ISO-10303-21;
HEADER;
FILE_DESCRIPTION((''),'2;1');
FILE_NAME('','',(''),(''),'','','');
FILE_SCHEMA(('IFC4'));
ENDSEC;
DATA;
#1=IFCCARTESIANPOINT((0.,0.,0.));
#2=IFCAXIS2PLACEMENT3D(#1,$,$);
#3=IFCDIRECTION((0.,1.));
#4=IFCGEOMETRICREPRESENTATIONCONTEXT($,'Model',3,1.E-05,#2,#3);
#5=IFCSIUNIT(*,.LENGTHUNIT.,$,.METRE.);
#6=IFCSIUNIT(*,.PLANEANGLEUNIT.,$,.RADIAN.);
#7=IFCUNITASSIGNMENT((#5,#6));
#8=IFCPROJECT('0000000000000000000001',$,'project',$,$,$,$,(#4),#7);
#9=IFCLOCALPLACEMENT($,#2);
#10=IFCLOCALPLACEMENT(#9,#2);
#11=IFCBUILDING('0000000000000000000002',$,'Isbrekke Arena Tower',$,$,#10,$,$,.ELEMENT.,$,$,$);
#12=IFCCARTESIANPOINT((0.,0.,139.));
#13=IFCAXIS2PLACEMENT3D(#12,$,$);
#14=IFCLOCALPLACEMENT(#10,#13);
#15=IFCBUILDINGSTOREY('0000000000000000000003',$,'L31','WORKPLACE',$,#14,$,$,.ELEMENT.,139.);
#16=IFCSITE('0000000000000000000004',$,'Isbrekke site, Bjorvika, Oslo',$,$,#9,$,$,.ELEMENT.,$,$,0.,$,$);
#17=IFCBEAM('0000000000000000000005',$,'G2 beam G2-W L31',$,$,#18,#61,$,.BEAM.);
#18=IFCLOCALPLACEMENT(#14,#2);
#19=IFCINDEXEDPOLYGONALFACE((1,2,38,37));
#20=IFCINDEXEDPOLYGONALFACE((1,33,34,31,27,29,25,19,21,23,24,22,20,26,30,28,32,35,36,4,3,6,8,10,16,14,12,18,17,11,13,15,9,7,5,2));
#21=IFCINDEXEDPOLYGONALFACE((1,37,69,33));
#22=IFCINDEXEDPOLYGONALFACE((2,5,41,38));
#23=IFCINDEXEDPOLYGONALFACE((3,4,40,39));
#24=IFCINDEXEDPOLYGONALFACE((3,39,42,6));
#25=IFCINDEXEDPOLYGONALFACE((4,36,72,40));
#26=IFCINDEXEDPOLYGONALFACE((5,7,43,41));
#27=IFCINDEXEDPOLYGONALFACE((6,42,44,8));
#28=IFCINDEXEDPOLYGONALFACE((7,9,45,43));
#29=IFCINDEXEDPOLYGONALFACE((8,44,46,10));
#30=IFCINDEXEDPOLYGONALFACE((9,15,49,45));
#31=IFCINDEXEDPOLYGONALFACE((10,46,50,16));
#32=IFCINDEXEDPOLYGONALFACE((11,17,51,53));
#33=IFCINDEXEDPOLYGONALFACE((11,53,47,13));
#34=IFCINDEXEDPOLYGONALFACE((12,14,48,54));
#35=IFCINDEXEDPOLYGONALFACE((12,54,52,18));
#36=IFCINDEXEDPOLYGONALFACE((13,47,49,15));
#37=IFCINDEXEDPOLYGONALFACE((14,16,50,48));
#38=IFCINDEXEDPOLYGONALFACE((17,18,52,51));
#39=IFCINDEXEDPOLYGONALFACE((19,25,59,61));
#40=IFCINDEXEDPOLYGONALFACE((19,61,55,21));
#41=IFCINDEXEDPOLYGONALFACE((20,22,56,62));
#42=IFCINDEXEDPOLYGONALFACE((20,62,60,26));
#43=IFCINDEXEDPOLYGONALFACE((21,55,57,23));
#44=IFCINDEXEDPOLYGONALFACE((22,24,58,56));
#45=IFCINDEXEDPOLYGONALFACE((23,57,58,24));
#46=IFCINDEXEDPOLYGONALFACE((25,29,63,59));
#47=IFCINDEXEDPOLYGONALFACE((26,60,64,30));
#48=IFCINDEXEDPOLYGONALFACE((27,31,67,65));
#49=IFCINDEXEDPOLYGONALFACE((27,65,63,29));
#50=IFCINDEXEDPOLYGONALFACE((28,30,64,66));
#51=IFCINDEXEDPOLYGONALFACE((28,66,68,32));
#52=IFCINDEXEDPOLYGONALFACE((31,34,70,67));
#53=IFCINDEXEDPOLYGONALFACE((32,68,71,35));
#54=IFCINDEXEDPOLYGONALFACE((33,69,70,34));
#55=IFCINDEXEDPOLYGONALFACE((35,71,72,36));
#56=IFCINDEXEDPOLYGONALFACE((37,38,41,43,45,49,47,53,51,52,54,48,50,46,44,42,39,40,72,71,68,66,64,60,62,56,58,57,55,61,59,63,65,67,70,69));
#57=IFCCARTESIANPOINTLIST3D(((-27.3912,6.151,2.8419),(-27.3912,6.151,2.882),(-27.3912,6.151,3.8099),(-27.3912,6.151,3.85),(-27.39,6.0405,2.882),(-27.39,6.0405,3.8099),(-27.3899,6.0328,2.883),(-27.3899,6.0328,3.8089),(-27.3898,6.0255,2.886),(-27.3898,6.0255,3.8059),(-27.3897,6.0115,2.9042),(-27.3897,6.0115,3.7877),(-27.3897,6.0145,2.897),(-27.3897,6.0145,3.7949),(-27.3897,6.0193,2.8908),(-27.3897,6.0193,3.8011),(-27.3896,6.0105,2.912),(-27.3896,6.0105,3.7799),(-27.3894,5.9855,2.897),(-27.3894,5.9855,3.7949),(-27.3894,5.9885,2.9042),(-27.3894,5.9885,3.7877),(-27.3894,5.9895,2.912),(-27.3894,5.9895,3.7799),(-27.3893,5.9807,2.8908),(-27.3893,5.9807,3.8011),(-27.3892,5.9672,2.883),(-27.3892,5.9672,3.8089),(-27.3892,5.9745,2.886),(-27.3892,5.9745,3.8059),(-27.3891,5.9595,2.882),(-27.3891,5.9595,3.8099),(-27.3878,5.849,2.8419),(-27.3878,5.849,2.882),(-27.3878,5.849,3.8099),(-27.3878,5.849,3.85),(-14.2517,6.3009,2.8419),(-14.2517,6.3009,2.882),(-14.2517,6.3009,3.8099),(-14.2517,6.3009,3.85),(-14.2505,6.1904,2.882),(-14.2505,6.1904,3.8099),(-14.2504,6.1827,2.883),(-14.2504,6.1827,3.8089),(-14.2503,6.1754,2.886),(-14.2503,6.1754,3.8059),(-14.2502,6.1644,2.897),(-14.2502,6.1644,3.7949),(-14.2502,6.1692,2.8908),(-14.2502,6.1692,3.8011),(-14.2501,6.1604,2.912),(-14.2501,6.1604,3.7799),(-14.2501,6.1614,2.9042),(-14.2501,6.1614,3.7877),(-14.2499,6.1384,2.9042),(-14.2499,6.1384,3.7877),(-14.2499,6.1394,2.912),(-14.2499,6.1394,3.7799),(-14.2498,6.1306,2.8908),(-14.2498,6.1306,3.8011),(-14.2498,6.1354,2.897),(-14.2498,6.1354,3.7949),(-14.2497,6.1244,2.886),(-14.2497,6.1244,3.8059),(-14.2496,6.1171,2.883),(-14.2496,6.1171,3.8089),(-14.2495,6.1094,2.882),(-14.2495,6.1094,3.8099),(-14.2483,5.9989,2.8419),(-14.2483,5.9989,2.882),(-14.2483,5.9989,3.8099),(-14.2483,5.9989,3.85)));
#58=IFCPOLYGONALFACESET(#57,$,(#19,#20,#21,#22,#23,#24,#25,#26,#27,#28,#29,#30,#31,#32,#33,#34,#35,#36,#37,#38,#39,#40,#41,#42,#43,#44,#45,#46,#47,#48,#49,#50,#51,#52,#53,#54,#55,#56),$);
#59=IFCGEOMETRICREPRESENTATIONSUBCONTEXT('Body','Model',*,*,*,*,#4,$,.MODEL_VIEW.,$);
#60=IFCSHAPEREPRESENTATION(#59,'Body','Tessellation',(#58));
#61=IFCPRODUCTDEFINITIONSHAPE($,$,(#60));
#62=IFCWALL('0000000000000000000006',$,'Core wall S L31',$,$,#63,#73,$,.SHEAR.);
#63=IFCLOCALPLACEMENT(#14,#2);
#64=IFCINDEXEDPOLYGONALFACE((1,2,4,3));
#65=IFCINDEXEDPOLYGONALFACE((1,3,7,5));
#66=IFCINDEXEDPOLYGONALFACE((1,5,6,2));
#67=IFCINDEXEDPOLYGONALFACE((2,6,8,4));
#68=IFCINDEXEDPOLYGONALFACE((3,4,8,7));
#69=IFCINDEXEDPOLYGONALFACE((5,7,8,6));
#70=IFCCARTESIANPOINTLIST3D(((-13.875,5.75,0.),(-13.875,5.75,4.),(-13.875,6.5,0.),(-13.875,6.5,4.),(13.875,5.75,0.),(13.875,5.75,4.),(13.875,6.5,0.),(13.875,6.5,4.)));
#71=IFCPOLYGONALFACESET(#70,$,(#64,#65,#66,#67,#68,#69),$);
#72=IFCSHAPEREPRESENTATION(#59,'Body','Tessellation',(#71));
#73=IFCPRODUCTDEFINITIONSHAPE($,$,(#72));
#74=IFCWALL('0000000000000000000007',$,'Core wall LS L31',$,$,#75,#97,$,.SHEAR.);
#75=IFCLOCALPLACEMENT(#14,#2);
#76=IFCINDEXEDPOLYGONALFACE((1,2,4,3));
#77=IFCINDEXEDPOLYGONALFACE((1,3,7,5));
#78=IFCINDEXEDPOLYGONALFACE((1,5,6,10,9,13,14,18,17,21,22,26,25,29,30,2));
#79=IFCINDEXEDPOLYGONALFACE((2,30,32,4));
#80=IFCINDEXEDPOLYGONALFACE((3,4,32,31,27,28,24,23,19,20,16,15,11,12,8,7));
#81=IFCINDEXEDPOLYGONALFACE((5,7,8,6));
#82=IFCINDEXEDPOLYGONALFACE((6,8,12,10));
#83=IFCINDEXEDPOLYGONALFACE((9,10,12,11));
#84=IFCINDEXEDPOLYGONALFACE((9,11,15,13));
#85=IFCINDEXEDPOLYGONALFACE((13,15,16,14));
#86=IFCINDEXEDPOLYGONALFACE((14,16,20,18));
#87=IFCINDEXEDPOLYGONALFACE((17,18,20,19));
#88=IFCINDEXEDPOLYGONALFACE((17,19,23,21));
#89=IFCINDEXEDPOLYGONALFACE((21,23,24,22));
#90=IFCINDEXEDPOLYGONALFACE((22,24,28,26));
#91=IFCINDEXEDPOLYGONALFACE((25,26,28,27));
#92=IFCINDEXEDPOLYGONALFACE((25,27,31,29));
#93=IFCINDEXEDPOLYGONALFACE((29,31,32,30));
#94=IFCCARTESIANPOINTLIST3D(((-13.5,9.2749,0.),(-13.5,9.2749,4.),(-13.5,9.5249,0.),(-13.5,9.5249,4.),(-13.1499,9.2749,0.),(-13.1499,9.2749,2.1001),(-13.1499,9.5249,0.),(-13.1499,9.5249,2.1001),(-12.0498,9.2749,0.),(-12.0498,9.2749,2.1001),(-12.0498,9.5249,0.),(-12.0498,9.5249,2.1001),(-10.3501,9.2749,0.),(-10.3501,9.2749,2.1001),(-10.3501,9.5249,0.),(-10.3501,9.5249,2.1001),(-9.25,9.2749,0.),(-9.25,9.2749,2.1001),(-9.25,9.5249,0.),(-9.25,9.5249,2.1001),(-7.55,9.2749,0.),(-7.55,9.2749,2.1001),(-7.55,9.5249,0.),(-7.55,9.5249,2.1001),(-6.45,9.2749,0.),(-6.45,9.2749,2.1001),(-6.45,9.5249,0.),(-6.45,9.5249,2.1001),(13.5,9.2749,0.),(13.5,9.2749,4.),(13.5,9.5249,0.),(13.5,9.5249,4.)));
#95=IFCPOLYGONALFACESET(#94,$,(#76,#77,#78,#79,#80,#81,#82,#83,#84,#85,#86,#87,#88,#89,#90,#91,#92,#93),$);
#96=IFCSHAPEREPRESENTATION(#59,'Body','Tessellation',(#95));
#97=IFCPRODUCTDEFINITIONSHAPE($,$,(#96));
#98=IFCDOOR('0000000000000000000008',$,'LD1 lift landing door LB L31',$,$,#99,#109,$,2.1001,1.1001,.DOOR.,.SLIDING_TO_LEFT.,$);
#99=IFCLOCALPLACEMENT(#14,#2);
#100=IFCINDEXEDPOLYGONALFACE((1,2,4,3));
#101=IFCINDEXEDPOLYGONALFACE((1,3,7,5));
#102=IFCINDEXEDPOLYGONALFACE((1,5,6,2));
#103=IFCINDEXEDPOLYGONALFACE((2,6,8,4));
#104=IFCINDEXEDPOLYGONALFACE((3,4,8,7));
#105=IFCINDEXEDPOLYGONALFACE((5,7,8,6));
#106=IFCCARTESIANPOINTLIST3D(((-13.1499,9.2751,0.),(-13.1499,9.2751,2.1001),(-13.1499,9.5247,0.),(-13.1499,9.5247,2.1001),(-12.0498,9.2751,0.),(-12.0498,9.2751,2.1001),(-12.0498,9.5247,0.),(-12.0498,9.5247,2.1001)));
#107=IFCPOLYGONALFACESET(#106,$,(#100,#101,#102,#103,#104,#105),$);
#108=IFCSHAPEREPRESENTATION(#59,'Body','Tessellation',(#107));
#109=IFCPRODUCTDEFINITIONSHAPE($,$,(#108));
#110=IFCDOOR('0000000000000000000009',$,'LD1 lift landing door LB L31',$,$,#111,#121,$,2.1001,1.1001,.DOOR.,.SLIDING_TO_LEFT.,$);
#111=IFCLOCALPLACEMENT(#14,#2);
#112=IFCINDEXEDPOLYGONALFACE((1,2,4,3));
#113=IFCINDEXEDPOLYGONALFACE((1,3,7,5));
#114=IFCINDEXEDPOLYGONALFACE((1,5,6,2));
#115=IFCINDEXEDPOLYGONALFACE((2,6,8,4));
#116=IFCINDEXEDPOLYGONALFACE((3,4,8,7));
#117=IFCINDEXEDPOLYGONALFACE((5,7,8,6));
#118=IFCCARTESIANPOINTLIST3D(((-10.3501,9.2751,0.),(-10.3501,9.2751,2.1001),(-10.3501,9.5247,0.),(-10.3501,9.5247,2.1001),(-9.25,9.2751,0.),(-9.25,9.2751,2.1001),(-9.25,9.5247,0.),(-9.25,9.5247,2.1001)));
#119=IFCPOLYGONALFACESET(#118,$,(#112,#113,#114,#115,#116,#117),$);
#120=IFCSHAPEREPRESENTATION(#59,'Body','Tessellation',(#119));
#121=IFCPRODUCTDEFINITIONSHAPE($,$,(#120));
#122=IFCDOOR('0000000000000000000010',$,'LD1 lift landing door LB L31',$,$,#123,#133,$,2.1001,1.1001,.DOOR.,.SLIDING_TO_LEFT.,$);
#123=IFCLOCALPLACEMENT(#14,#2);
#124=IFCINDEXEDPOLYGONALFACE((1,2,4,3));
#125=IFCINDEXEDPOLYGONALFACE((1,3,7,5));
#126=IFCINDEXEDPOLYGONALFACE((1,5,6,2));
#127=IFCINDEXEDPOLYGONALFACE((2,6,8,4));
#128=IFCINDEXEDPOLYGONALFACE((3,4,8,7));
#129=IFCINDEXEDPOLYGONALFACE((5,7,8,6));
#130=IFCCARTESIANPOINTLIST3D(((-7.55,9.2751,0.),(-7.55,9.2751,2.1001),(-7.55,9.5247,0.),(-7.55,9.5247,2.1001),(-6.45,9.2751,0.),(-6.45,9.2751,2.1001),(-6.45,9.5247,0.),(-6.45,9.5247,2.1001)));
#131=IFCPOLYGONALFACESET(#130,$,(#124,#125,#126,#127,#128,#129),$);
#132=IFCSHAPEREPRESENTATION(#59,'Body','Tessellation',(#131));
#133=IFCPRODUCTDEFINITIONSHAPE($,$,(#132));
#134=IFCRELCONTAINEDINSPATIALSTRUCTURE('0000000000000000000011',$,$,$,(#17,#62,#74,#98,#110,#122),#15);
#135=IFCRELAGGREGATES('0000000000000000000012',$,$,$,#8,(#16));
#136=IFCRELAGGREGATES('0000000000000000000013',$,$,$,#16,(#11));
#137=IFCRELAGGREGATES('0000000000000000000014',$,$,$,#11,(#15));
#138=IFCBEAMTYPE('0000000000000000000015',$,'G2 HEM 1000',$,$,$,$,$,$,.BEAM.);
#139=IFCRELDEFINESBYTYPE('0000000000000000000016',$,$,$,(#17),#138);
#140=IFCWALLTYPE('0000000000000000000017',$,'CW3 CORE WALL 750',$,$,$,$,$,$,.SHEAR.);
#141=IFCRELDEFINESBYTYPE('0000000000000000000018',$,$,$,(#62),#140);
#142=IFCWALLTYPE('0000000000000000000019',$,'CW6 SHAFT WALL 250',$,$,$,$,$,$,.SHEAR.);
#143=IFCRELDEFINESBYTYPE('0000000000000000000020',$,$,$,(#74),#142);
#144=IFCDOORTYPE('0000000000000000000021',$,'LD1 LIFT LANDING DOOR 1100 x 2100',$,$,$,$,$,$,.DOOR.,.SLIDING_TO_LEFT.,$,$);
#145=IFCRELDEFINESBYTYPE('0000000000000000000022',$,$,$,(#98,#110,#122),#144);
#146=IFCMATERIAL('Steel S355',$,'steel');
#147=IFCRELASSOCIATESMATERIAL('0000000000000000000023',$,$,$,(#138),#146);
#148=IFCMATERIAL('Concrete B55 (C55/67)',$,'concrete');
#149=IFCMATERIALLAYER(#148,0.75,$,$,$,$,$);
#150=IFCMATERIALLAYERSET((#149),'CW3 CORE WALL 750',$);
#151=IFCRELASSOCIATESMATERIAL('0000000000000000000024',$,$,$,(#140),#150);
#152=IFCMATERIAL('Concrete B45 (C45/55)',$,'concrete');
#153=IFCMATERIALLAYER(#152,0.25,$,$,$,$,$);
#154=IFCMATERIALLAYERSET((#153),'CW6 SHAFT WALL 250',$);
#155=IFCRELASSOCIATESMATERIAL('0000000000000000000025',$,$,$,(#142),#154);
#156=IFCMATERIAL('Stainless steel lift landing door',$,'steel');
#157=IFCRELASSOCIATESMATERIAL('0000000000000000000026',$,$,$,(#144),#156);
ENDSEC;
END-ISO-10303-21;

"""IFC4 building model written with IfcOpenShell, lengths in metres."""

from ifc_helpers import new_model, si_unit, direction, frame, frame_2d, origin, origin_2d, place, context, subcontext, project, spatial, rectangle, i_section, extrude, material, layer, layer_set, material_profile, profile_set, type_object, element, fill, save


model = new_model("IFC4")

# Units and contexts
model_context = context("Model", 3, precision=1e-05, world=origin(), true_north=direction((0.0, 1.0)))
body_context = subcontext(model_context, "Body", "Model", "MODEL_VIEW")
ifc_project = project(units=[si_unit("LENGTHUNIT", "METRE"), si_unit("PLANEANGLEUNIT", "RADIAN")], contexts=[model_context])

# Site, building, storey
site_placement = place(None, origin())
site = spatial("IfcSite", under=ifc_project, at=site_placement, Name="Isbrekke site, Bjorvika, Oslo", CompositionType="ELEMENT", RefElevation=0.0)
building_placement = place(site_placement, origin())
building = spatial("IfcBuilding", under=site, at=building_placement, Name="Isbrekke Arena Tower", CompositionType="ELEMENT")
storey_placement = place(building_placement, frame((0.0, 0.0, 139.0)))
storey = spatial("IfcBuildingStorey", under=building, at=storey_placement, Name="L31", Description="WORKPLACE", CompositionType="ELEMENT", Elevation=139.0)

# Beam
ifc_material_1 = material(Name="Steel S355", Category="steel")
ifc_material_profile = material_profile(ifc_material_1, i_section(OverallWidth=0.302, OverallDepth=1.0081, WebThickness=0.021, FlangeThickness=0.04, FilletRadius=0.03, at=origin_2d()), Name="HEM 1000")
ifc_profile_set = profile_set([ifc_material_profile], Name="Steel S355")
beam_type = type_object("IfcBeamType", Name="G2 HEM 1000", PredefinedType="BEAM", material=ifc_profile_set)
beam_placement = place(storey_placement, frame((-14.25, 6.1499, 3.3459), z_axis=(-0.999935, -0.011408, 0.0), x_axis=(0.011408, -0.999935, 0.0)))
element("IfcBeam", 1, at=beam_placement, inside=storey, type_object=beam_type, Name="G2 beam G2-W L31", PredefinedType="BEAM", context=body_context, shape_type="SweptSolid", body=[
    extrude(i_section(OverallWidth=0.302, OverallDepth=1.0081, WebThickness=0.021, FlangeThickness=0.04, FilletRadius=0.03, at=origin_2d()), origin(), (0.0, 0.0, 1.0), 13.1404),
])

# Wall
ifc_material_2 = material(Name="Concrete B55 (C55/67)", Category="concrete")
ifc_layer_1 = layer(ifc_material_2, 0.75)
ifc_layer_set_1 = layer_set([ifc_layer_1], Name="CW3 CORE WALL 750")
wall_type_1 = type_object("IfcWallType", Name="CW3 CORE WALL 750", PredefinedType="SHEAR", material=ifc_layer_set_1)
wall_1_placement = place(storey_placement, frame((-13.875, 6.125, 0.0), z_axis=(0.0, 0.0, 1.0), x_axis=(1.0, 0.0, 0.0)))
element("IfcWall", 2, at=wall_1_placement, inside=storey, type_object=wall_type_1, Name="Core wall S L31", PredefinedType="SHEAR", context=body_context, shape_type="SweptSolid", body=[
    extrude(rectangle(XDim=27.75, YDim=0.75, at=frame_2d((13.875, 0.0))), origin(), (0.0, 0.0, 1.0), 4.0),
])

# Wall, openings, doors
ifc_material_3 = material(Name="Concrete B45 (C45/55)", Category="concrete")
ifc_layer_2 = layer(ifc_material_3, 0.25)
ifc_layer_set_2 = layer_set([ifc_layer_2], Name="CW6 SHAFT WALL 250")
wall_type_2 = type_object("IfcWallType", Name="CW6 SHAFT WALL 250", PredefinedType="SHEAR", material=ifc_layer_set_2)
wall_2_placement = place(storey_placement, frame((-13.5, 9.3999, 0.0), z_axis=(0.0, 0.0, 1.0), x_axis=(1.0, 0.0, 0.0)))
wall_2 = element("IfcWall", 3, at=wall_2_placement, inside=storey, type_object=wall_type_2, Name="Core wall LS L31", PredefinedType="SHEAR", context=body_context, shape_type="SweptSolid", body=[
    extrude(rectangle(XDim=27.0, YDim=0.25, at=frame_2d((13.5, 0.0))), origin(), (0.0, 0.0, 1.0), 4.0),
])
opening_1_placement = place(wall_2_placement, frame((0.3501, 0.0, 0.0)))
opening_1 = element("IfcOpeningElement", 4, at=opening_1_placement, cuts=wall_2, PredefinedType="OPENING", context=body_context, shape_type="SweptSolid", body=[
    extrude(rectangle(XDim=1.1001, YDim=2.1001, at=frame_2d((0.55, 1.05))), frame((0.0, 0.1399, 0.0), z_axis=(0.0, -1.0, 0.0), x_axis=(1.0, 0.0, 0.0)), (0.0, 0.0, 1.0), 0.2798),
])
opening_2_placement = place(wall_2_placement, frame((3.1499, 0.0, 0.0)))
opening_2 = element("IfcOpeningElement", 5, at=opening_2_placement, cuts=wall_2, PredefinedType="OPENING", context=body_context, shape_type="SweptSolid", body=[
    extrude(rectangle(XDim=1.1001, YDim=2.1001, at=frame_2d((0.55, 1.05))), frame((0.0, 0.1399, 0.0), z_axis=(0.0, -1.0, 0.0), x_axis=(1.0, 0.0, 0.0)), (0.0, 0.0, 1.0), 0.2798),
])
opening_3_placement = place(wall_2_placement, frame((5.95, 0.0, 0.0)))
opening_3 = element("IfcOpeningElement", 6, at=opening_3_placement, cuts=wall_2, PredefinedType="OPENING", context=body_context, shape_type="SweptSolid", body=[
    extrude(rectangle(XDim=1.1001, YDim=2.1001, at=frame_2d((0.55, 1.05))), frame((0.0, 0.1399, 0.0), z_axis=(0.0, -1.0, 0.0), x_axis=(1.0, 0.0, 0.0)), (0.0, 0.0, 1.0), 0.2798),
])
ifc_material_4 = material(Name="Stainless steel lift landing door", Category="steel")
door_type_1 = type_object("IfcDoorType", Name="LD1 LIFT LANDING DOOR 1100 x 2100", OperationType="SLIDING_TO_LEFT", PredefinedType="DOOR", material=ifc_material_4)
door_1_placement = place(opening_1_placement, origin())
door_1 = element("IfcDoor", 7, at=door_1_placement, inside=storey, type_object=door_type_1, Name="LD1 lift landing door LB L31", OperationType="SLIDING_TO_LEFT", OverallHeight=2.1001, OverallWidth=1.1001, PredefinedType="DOOR", context=body_context, shape_type="SweptSolid", body=[
    extrude(rectangle(XDim=1.1001, YDim=2.1001, at=frame_2d((0.55, 1.05))), frame((0.0, 0.1248, 0.0), z_axis=(0.0, -1.0, 0.0), x_axis=(1.0, 0.0, 0.0)), (0.0, 0.0, 1.0), 0.2495),
])
fill(opening_1, door_1)
door_2_placement = place(opening_2_placement, origin())
door_2 = element("IfcDoor", 8, at=door_2_placement, inside=storey, type_object=door_type_1, Name="LD1 lift landing door LB L31", OperationType="SLIDING_TO_LEFT", OverallHeight=2.1001, OverallWidth=1.1001, PredefinedType="DOOR", context=body_context, shape_type="SweptSolid", body=[
    extrude(rectangle(XDim=1.1001, YDim=2.1001, at=frame_2d((0.55, 1.05))), frame((0.0, 0.1248, 0.0), z_axis=(0.0, -1.0, 0.0), x_axis=(1.0, 0.0, 0.0)), (0.0, 0.0, 1.0), 0.2495),
])
fill(opening_2, door_2)
door_3_placement = place(opening_3_placement, origin())
door_3 = element("IfcDoor", 9, at=door_3_placement, inside=storey, type_object=door_type_1, Name="LD1 lift landing door LB L31", OperationType="SLIDING_TO_LEFT", OverallHeight=2.1001, OverallWidth=1.1001, PredefinedType="DOOR", context=body_context, shape_type="SweptSolid", body=[
    extrude(rectangle(XDim=1.1001, YDim=2.1001, at=frame_2d((0.55, 1.05))), frame((0.0, 0.1248, 0.0), z_axis=(0.0, -1.0, 0.0), x_axis=(1.0, 0.0, 0.0)), (0.0, 0.0, 1.0), 0.2495),
])
fill(opening_3, door_3)

save(model, "model.ifc")
